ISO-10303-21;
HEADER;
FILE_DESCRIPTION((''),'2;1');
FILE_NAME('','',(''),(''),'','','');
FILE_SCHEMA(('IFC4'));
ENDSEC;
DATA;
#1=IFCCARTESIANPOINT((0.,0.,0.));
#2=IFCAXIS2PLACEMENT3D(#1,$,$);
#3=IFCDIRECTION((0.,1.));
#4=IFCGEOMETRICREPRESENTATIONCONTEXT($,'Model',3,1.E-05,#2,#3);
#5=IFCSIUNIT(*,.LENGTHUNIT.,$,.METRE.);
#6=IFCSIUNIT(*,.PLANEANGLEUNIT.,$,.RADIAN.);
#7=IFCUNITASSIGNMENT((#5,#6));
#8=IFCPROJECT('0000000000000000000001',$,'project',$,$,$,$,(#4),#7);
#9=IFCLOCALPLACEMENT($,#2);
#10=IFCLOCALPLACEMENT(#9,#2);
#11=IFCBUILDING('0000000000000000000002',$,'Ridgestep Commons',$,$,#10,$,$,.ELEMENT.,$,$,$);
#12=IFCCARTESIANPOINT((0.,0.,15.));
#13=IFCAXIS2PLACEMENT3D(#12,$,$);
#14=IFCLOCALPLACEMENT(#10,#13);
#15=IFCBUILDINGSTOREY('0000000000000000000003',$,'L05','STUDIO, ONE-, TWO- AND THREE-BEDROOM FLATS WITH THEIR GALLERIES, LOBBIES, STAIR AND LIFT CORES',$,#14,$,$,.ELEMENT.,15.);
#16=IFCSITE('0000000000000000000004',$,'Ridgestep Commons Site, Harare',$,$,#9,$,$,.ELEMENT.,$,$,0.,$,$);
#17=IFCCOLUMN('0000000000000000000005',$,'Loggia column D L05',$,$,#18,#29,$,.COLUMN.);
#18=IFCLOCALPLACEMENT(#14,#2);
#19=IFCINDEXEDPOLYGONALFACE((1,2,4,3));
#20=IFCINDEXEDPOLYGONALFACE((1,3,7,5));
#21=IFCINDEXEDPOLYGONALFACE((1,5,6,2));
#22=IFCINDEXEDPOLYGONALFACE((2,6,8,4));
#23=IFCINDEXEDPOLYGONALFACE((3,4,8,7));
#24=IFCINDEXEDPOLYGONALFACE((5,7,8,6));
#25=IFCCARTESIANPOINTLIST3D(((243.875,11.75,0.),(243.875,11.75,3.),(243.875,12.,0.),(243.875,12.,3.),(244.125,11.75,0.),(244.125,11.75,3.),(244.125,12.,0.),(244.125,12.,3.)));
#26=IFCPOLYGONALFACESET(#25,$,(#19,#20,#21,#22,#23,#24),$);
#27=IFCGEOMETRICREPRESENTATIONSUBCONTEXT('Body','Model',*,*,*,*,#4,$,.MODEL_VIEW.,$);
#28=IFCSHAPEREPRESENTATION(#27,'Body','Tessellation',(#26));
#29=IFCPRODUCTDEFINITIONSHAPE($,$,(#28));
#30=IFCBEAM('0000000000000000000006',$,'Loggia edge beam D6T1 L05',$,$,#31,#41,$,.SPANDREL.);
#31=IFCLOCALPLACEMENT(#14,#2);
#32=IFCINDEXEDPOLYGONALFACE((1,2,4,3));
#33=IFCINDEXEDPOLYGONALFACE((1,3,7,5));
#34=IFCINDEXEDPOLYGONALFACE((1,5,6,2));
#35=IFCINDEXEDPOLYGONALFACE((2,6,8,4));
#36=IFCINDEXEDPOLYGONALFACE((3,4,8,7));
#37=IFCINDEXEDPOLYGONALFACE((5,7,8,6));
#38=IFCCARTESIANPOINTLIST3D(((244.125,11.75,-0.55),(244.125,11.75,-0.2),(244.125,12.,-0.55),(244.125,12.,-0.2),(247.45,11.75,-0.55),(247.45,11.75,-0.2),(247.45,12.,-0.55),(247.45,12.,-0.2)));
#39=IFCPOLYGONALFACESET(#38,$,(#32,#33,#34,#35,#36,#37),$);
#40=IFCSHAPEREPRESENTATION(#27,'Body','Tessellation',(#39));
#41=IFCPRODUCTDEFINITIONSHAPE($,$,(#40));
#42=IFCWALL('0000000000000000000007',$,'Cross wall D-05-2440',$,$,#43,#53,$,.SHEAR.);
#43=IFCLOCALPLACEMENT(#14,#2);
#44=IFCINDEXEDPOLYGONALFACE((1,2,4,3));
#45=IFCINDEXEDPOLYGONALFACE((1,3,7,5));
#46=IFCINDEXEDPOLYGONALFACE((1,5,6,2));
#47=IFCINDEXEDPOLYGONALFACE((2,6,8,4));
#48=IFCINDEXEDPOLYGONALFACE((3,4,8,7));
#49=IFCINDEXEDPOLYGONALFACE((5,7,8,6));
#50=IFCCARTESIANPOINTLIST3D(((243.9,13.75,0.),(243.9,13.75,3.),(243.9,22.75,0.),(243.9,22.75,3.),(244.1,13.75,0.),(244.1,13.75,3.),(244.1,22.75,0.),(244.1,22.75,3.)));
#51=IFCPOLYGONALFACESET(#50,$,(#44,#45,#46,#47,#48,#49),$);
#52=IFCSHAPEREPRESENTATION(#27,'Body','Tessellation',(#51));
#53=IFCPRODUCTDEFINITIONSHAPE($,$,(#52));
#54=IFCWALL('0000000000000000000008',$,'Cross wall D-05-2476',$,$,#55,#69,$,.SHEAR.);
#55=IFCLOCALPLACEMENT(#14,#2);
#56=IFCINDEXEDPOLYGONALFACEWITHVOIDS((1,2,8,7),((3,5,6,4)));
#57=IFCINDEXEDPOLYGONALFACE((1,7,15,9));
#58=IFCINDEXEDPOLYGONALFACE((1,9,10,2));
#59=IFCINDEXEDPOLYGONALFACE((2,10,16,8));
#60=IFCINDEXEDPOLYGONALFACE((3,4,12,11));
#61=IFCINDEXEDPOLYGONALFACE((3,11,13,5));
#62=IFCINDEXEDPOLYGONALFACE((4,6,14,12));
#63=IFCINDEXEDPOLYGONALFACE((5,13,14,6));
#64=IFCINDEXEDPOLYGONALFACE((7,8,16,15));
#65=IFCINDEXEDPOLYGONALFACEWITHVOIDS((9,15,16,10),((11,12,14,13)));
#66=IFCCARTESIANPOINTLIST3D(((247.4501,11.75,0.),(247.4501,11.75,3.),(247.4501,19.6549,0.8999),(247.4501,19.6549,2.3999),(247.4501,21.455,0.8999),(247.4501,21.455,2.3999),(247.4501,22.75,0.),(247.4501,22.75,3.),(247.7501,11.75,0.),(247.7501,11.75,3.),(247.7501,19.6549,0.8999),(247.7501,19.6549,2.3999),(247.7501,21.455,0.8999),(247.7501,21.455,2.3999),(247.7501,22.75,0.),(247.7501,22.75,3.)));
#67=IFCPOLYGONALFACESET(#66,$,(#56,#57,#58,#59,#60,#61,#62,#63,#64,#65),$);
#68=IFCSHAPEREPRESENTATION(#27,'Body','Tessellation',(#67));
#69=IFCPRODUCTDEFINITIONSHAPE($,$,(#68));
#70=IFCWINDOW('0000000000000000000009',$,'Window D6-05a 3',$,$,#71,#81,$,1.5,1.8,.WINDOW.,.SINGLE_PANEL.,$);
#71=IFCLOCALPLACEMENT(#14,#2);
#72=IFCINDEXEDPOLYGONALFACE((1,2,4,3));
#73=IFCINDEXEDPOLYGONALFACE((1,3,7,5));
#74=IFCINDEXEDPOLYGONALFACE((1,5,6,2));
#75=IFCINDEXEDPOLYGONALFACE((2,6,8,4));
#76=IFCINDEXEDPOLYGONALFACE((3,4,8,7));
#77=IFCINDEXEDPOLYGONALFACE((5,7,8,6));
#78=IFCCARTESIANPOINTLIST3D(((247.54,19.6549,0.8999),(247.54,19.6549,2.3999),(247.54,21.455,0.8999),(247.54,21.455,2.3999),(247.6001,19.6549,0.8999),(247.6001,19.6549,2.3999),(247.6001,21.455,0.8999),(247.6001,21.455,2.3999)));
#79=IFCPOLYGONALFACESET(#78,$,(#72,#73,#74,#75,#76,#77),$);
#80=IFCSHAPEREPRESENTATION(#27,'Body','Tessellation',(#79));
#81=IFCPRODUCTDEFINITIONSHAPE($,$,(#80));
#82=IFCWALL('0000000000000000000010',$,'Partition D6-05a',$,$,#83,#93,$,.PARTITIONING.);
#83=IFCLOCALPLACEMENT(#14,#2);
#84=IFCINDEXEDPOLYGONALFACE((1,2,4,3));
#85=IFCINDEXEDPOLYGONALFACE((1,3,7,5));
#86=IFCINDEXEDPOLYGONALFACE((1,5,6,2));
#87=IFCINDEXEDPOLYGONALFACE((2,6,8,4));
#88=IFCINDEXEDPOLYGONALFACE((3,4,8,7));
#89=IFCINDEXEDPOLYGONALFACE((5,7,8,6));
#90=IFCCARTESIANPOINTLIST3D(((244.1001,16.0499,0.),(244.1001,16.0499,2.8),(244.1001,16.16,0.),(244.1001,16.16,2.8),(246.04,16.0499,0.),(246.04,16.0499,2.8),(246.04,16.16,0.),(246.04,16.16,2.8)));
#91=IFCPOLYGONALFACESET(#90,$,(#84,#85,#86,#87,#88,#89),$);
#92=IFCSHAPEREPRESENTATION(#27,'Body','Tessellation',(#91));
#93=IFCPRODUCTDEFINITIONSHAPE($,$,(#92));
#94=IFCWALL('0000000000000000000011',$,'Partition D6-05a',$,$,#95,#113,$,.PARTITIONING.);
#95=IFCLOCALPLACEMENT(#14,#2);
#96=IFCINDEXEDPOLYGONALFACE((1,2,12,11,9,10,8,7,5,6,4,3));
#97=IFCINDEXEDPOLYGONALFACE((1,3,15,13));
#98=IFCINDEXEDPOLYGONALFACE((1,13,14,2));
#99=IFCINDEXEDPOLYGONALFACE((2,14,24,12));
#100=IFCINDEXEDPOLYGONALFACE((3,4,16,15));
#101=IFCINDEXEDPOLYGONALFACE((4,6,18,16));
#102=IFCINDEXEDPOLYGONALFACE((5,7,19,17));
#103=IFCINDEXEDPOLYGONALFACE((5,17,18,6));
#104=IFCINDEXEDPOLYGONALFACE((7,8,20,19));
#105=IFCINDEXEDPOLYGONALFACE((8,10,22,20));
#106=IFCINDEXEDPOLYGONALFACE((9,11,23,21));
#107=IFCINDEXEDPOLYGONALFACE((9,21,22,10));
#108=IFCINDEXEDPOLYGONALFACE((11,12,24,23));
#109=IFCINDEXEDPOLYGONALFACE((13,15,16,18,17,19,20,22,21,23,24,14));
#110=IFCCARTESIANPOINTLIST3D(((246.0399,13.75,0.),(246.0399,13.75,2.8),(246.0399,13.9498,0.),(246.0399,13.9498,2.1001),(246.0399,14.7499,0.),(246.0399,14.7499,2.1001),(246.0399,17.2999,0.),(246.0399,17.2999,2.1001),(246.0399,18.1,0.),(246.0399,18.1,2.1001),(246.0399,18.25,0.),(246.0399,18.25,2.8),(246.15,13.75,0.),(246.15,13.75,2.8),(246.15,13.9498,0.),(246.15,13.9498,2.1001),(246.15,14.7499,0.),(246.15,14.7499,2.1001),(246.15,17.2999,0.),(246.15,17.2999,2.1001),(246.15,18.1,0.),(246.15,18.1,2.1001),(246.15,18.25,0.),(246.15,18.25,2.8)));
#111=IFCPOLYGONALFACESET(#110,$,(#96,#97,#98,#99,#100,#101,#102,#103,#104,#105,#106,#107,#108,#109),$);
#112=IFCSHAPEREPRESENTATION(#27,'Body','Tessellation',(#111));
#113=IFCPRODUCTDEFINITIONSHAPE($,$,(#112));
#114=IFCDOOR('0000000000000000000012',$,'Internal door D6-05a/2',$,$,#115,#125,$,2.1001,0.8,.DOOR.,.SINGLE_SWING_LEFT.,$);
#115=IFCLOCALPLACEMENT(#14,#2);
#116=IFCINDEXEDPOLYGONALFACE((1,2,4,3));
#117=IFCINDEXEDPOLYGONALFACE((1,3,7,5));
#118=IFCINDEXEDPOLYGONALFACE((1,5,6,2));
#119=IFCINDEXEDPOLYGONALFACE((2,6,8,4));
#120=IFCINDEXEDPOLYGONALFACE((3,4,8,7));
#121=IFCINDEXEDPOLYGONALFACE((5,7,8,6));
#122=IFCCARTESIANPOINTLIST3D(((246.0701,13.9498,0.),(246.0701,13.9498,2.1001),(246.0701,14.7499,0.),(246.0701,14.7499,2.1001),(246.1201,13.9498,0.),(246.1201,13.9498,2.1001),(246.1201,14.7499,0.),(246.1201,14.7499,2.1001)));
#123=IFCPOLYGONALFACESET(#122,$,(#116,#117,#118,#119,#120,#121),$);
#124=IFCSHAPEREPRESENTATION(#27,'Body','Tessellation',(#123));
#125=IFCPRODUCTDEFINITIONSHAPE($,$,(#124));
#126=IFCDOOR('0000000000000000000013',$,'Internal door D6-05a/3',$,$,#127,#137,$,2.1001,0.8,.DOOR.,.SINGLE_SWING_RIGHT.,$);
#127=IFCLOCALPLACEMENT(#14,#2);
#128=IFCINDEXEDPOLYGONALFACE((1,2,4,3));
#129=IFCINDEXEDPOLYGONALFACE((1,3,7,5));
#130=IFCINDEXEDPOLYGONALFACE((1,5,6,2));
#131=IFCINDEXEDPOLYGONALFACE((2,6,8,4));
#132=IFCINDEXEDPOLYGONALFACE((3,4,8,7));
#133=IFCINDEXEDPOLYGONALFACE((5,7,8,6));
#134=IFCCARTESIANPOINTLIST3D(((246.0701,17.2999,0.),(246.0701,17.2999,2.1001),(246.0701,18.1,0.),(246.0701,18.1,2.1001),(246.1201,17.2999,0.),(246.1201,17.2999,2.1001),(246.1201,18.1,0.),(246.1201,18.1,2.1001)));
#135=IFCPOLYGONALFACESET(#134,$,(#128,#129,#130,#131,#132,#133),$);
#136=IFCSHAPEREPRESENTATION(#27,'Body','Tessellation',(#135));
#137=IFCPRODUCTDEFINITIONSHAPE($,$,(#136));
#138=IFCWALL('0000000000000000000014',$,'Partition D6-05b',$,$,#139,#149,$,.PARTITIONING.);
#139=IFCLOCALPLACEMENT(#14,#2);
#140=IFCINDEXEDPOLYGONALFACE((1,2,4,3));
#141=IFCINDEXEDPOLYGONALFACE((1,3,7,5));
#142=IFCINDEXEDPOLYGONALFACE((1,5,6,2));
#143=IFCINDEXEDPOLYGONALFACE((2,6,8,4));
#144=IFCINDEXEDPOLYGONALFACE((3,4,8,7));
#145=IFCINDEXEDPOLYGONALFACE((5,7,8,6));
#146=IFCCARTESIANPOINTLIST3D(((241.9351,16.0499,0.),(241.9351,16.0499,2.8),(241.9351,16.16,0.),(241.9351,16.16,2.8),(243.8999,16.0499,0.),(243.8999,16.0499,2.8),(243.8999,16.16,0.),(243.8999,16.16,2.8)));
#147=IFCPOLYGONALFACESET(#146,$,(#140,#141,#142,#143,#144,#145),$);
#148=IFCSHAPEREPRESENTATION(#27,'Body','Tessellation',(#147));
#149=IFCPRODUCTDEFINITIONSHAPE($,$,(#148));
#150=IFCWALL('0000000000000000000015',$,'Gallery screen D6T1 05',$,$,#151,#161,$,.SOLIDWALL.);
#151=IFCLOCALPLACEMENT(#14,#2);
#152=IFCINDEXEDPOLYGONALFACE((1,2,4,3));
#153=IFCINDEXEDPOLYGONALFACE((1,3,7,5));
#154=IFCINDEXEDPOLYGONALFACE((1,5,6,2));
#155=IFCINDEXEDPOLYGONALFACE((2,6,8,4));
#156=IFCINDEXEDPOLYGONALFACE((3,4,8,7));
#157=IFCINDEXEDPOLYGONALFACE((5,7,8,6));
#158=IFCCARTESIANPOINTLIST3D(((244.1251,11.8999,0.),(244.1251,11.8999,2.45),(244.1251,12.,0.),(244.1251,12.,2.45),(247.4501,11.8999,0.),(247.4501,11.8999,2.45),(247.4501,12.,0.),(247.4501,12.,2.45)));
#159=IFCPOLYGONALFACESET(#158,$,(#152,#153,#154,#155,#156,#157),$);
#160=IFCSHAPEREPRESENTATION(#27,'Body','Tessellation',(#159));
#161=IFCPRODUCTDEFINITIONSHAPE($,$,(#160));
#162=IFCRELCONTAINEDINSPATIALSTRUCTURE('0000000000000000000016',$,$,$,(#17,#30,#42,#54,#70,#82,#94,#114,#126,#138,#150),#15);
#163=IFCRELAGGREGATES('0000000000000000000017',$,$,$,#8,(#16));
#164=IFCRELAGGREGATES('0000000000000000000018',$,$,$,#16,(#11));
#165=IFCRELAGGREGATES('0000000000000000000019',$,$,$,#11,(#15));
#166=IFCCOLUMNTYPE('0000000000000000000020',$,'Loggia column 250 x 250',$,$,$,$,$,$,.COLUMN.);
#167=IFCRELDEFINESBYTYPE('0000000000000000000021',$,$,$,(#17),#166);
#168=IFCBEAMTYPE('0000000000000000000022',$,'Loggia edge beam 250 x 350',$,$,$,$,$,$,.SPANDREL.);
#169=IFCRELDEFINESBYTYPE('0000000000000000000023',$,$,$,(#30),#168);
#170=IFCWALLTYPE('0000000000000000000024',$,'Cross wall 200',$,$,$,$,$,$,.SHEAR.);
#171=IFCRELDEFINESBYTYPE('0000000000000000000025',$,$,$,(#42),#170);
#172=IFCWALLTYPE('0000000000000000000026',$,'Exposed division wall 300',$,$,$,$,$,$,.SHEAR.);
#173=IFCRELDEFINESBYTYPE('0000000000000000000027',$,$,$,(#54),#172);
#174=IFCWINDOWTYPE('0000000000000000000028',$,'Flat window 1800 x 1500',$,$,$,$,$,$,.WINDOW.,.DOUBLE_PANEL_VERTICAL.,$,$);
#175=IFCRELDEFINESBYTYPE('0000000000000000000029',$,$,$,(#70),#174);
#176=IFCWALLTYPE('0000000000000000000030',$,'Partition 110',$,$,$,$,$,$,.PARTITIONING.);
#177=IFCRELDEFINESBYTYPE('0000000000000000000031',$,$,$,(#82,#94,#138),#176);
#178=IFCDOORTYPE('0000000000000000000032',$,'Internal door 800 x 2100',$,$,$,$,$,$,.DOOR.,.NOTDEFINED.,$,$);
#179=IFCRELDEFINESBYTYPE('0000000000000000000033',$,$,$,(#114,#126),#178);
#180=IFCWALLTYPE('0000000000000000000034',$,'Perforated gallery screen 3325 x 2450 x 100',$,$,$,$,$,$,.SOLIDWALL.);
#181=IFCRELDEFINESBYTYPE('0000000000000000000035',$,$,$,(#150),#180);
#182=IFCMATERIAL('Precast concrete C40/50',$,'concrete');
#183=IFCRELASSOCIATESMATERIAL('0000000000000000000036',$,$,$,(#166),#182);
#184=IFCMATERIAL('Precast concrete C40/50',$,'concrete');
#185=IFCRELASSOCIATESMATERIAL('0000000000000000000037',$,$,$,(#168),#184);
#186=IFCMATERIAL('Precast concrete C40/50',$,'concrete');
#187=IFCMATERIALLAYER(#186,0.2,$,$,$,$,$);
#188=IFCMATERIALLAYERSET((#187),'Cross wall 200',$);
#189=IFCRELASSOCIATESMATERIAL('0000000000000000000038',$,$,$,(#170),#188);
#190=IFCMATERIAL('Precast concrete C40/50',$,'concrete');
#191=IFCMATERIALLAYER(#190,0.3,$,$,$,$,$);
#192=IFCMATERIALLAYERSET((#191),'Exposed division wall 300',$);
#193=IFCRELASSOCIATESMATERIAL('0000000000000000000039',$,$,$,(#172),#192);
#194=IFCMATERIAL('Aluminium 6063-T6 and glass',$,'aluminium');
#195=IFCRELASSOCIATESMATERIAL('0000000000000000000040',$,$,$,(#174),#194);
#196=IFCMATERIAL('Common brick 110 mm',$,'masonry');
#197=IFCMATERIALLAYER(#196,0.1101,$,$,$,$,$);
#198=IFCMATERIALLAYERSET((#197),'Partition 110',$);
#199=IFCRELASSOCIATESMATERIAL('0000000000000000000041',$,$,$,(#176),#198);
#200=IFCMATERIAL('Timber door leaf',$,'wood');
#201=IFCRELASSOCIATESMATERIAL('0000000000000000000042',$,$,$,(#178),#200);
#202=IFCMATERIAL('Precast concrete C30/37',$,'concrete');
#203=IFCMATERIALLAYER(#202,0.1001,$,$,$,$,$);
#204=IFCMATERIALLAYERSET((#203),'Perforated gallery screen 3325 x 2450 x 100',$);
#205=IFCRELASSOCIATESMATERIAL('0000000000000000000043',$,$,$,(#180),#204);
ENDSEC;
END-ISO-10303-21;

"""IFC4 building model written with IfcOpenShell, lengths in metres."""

from ifc_helpers import new_model, si_unit, direction, frame, frame_2d, origin, origin_2d, place, context, subcontext, project, spatial, rectangle, extrude, material, layer, layer_set, material_profile, profile_set, type_object, element, fill, save


model = new_model("IFC4")

# Units and contexts
model_context = context("Model", 3, precision=1e-05, world=origin(), true_north=direction((0.0, 1.0)))
body_context = subcontext(model_context, "Body", "Model", "MODEL_VIEW")
ifc_project = project(units=[si_unit("LENGTHUNIT", "METRE"), si_unit("PLANEANGLEUNIT", "RADIAN")], contexts=[model_context])

# Site, building, storey
site_placement = place(None, origin())
site = spatial("IfcSite", under=ifc_project, at=site_placement, Name="Ridgestep Commons Site, Harare", CompositionType="ELEMENT", RefElevation=0.0)
building_placement = place(site_placement, origin())
building = spatial("IfcBuilding", under=site, at=building_placement, Name="Ridgestep Commons", CompositionType="ELEMENT")
storey_placement = place(building_placement, frame((0.0, 0.0, 15.0)))
storey = spatial("IfcBuildingStorey", under=building, at=storey_placement, Name="L05", Description="STUDIO, ONE-, TWO- AND THREE-BEDROOM FLATS WITH THEIR GALLERIES, LOBBIES, STAIR AND LIFT CORES", CompositionType="ELEMENT", Elevation=15.0)

# Column
ifc_material_1 = material(Name="Precast concrete C40/50", Category="concrete")
ifc_material_profile_1 = material_profile(ifc_material_1, rectangle(XDim=0.25, YDim=0.25, at=origin_2d()), Name="PC 250x250")
ifc_profile_set_1 = profile_set([ifc_material_profile_1], Name="Precast concrete C40/50")
column_type = type_object("IfcColumnType", Name="Loggia column 250 x 250", PredefinedType="COLUMN", material=ifc_profile_set_1)
column_placement = place(storey_placement, frame((244.0, 11.875, 0.0), z_axis=(0.0, 0.0, 1.0), x_axis=(1.0, 0.0, 0.0)))
element("IfcColumn", 1, at=column_placement, inside=storey, type_object=column_type, Name="Loggia column D L05", PredefinedType="COLUMN", context=body_context, shape_type="SweptSolid", body=[
    extrude(rectangle(XDim=0.25, YDim=0.25, at=origin_2d()), origin(), (0.0, 0.0, 1.0), 3.0),
])

# Beam
ifc_material_2 = material(Name="Precast concrete C40/50", Category="concrete")
ifc_material_profile_2 = material_profile(ifc_material_2, rectangle(XDim=0.25, YDim=0.3501, at=origin_2d()), Name="PC 250x350")
ifc_profile_set_2 = profile_set([ifc_material_profile_2], Name="Precast concrete C40/50")
beam_type = type_object("IfcBeamType", Name="Loggia edge beam 250 x 350", PredefinedType="SPANDREL", material=ifc_profile_set_2)
beam_placement = place(storey_placement, frame((244.125, 11.875, -0.375), z_axis=(1.0, 0.0, 0.0), x_axis=(0.0, 1.0, 0.0)))
element("IfcBeam", 2, at=beam_placement, inside=storey, type_object=beam_type, Name="Loggia edge beam D6T1 L05", PredefinedType="SPANDREL", context=body_context, shape_type="SweptSolid", body=[
    extrude(rectangle(XDim=0.25, YDim=0.3501, at=origin_2d()), origin(), (0.0, 0.0, 1.0), 3.325),
])

# Wall
ifc_material_3 = material(Name="Precast concrete C40/50", Category="concrete")
ifc_layer_1 = layer(ifc_material_3, 0.2)
ifc_layer_set_1 = layer_set([ifc_layer_1], Name="Cross wall 200")
wall_type_1 = type_object("IfcWallType", Name="Cross wall 200", PredefinedType="SHEAR", material=ifc_layer_set_1)
wall_1_placement = place(storey_placement, frame((244.0, 13.75, 0.0), z_axis=(0.0, 0.0, 1.0), x_axis=(0.0, 1.0, 0.0)))
element("IfcWall", 3, at=wall_1_placement, inside=storey, type_object=wall_type_1, Name="Cross wall D-05-2440", PredefinedType="SHEAR", context=body_context, shape_type="SweptSolid", body=[
    extrude(rectangle(XDim=9.0, YDim=0.2, at=frame_2d((4.5, 0.0))), origin(), (0.0, 0.0, 1.0), 3.0),
])

# Wall, opening, window
ifc_material_4 = material(Name="Precast concrete C40/50", Category="concrete")
ifc_layer_2 = layer(ifc_material_4, 0.3)
ifc_layer_set_2 = layer_set([ifc_layer_2], Name="Exposed division wall 300")
wall_type_2 = type_object("IfcWallType", Name="Exposed division wall 300", PredefinedType="SHEAR", material=ifc_layer_set_2)
wall_2_placement = place(storey_placement, frame((247.6001, 11.75, 0.0), z_axis=(0.0, 0.0, 1.0), x_axis=(0.0, 1.0, 0.0)))
wall_2 = element("IfcWall", 4, at=wall_2_placement, inside=storey, type_object=wall_type_2, Name="Cross wall D-05-2476", PredefinedType="SHEAR", context=body_context, shape_type="SweptSolid", body=[
    extrude(rectangle(XDim=11.0, YDim=0.3, at=frame_2d((5.5, 0.0))), origin(), (0.0, 0.0, 1.0), 3.0),
])
opening_1_placement = place(wall_2_placement, frame((7.905, 0.0, 0.8999)))
opening_1 = element("IfcOpeningElement", 5, at=opening_1_placement, cuts=wall_2, PredefinedType="OPENING", context=body_context, shape_type="SweptSolid", body=[
    extrude(rectangle(XDim=1.8, YDim=1.5, at=frame_2d((0.8999, 0.75))), frame((0.0, 0.1599, 0.0), z_axis=(0.0, -1.0, 0.0), x_axis=(1.0, 0.0, 0.0)), (0.0, 0.0, 1.0), 0.3201),
])
ifc_material_5 = material(Name="Aluminium 6063-T6 and glass", Category="aluminium")
window_type_1 = type_object("IfcWindowType", Name="Flat window 1800 x 1500", PartitioningType="DOUBLE_PANEL_VERTICAL", PredefinedType="WINDOW", material=ifc_material_5)
window_1_placement = place(opening_1_placement, origin())
window_1 = element("IfcWindow", 6, at=window_1_placement, inside=storey, type_object=window_type_1, Name="Window D6-05a 3", OverallHeight=1.5, OverallWidth=1.8, PartitioningType="SINGLE_PANEL", PredefinedType="WINDOW", context=body_context, shape_type="SweptSolid", body=[
    extrude(rectangle(XDim=1.8, YDim=1.5, at=frame_2d((0.8999, 0.75))), frame((0.0, 0.0601, 0.0), z_axis=(0.0, -1.0, 0.0), x_axis=(1.0, 0.0, 0.0)), (0.0, 0.0, 1.0), 0.0601),
])
fill(opening_1, window_1)

# Wall
ifc_material_6 = material(Name="Common brick 110 mm", Category="masonry")
ifc_layer_3 = layer(ifc_material_6, 0.1101)
ifc_layer_set_3 = layer_set([ifc_layer_3], Name="Partition 110")
wall_type_3 = type_object("IfcWallType", Name="Partition 110", PredefinedType="PARTITIONING", material=ifc_layer_set_3)
wall_3_placement = place(storey_placement, frame((244.1001, 16.105, 0.0), z_axis=(0.0, 0.0, 1.0), x_axis=(1.0, 0.0, 0.0)))
element("IfcWall", 7, at=wall_3_placement, inside=storey, type_object=wall_type_3, Name="Partition D6-05a", PredefinedType="PARTITIONING", context=body_context, shape_type="SweptSolid", body=[
    extrude(rectangle(XDim=1.9399, YDim=0.1101, at=frame_2d((0.97, 0.0))), origin(), (0.0, 0.0, 1.0), 2.8),
])

# Wall, openings, doors
wall_4_placement = place(storey_placement, frame((246.095, 13.75, 0.0), z_axis=(0.0, 0.0, 1.0), x_axis=(0.0, 1.0, 0.0)))
wall_4 = element("IfcWall", 8, at=wall_4_placement, inside=storey, type_object=wall_type_3, Name="Partition D6-05a", PredefinedType="PARTITIONING", context=body_context, shape_type="SweptSolid", body=[
    extrude(rectangle(XDim=4.5, YDim=0.1101, at=frame_2d((2.25, 0.0))), origin(), (0.0, 0.0, 1.0), 2.8),
])
opening_2_placement = place(wall_4_placement, frame((0.2, 0.0, 0.0)))
opening_2 = element("IfcOpeningElement", 9, at=opening_2_placement, cuts=wall_4, PredefinedType="OPENING", context=body_context, shape_type="SweptSolid", body=[
    extrude(rectangle(XDim=0.8, YDim=2.1001, at=frame_2d((0.3999, 1.05))), frame((0.0, 0.0649, 0.0), z_axis=(0.0, -1.0, 0.0), x_axis=(1.0, 0.0, 0.0)), (0.0, 0.0, 1.0), 0.1301),
])
opening_3_placement = place(wall_4_placement, frame((3.55, 0.0, 0.0)))
opening_3 = element("IfcOpeningElement", 10, at=opening_3_placement, cuts=wall_4, PredefinedType="OPENING", context=body_context, shape_type="SweptSolid", body=[
    extrude(rectangle(XDim=0.8, YDim=2.1001, at=frame_2d((0.3999, 1.05))), frame((0.0, 0.0649, 0.0), z_axis=(0.0, -1.0, 0.0), x_axis=(1.0, 0.0, 0.0)), (0.0, 0.0, 1.0), 0.1301),
])
ifc_material_7 = material(Name="Timber door leaf", Category="wood")
door_type_1 = type_object("IfcDoorType", Name="Internal door 800 x 2100", OperationType="NOTDEFINED", PredefinedType="DOOR", material=ifc_material_7)
door_1_placement = place(opening_2_placement, origin())
door_1 = element("IfcDoor", 11, at=door_1_placement, inside=storey, type_object=door_type_1, Name="Internal door D6-05a/2", OperationType="SINGLE_SWING_LEFT", OverallHeight=2.1001, OverallWidth=0.8, PredefinedType="DOOR", context=body_context, shape_type="SweptSolid", body=[
    extrude(rectangle(XDim=0.8, YDim=2.1001, at=frame_2d((0.3999, 1.05))), frame((0.0, 0.0249, 0.0), z_axis=(0.0, -1.0, 0.0), x_axis=(1.0, 0.0, 0.0)), (0.0, 0.0, 1.0), 0.05),
])
fill(opening_2, door_1)
door_2_placement = place(opening_3_placement, origin())
door_2 = element("IfcDoor", 12, at=door_2_placement, inside=storey, type_object=door_type_1, Name="Internal door D6-05a/3", OperationType="SINGLE_SWING_RIGHT", OverallHeight=2.1001, OverallWidth=0.8, PredefinedType="DOOR", context=body_context, shape_type="SweptSolid", body=[
    extrude(rectangle(XDim=0.8, YDim=2.1001, at=frame_2d((0.3999, 1.05))), frame((0.0, 0.0249, 0.0), z_axis=(0.0, -1.0, 0.0), x_axis=(1.0, 0.0, 0.0)), (0.0, 0.0, 1.0), 0.05),
])
fill(opening_3, door_2)

# Walls
wall_5_placement = place(storey_placement, frame((241.9351, 16.105, 0.0), z_axis=(0.0, 0.0, 1.0), x_axis=(1.0, 0.0, 0.0)))
element("IfcWall", 13, at=wall_5_placement, inside=storey, type_object=wall_type_3, Name="Partition D6-05b", PredefinedType="PARTITIONING", context=body_context, shape_type="SweptSolid", body=[
    extrude(rectangle(XDim=1.9648, YDim=0.1101, at=frame_2d((0.9824, 0.0))), origin(), (0.0, 0.0, 1.0), 2.8),
])
ifc_material_8 = material(Name="Precast concrete C30/37", Category="concrete")
ifc_layer_4 = layer(ifc_material_8, 0.1001)
ifc_layer_set_4 = layer_set([ifc_layer_4], Name="Perforated gallery screen 3325 x 2450 x 100")
wall_type_4 = type_object("IfcWallType", Name="Perforated gallery screen 3325 x 2450 x 100", PredefinedType="SOLIDWALL", material=ifc_layer_set_4)
wall_6_placement = place(storey_placement, frame((244.125, 11.95, 0.0), z_axis=(0.0, 0.0, 1.0), x_axis=(1.0, 0.0, 0.0)))
element("IfcWall", 14, at=wall_6_placement, inside=storey, type_object=wall_type_4, Name="Gallery screen D6T1 05", PredefinedType="SOLIDWALL", context=body_context, shape_type="SweptSolid", body=[
    extrude(rectangle(XDim=3.325, YDim=0.1001, at=frame_2d((1.6626, 0.0))), origin(), (0.0, 0.0, 1.0), 2.45),
])

save(model, "model.ifc")
